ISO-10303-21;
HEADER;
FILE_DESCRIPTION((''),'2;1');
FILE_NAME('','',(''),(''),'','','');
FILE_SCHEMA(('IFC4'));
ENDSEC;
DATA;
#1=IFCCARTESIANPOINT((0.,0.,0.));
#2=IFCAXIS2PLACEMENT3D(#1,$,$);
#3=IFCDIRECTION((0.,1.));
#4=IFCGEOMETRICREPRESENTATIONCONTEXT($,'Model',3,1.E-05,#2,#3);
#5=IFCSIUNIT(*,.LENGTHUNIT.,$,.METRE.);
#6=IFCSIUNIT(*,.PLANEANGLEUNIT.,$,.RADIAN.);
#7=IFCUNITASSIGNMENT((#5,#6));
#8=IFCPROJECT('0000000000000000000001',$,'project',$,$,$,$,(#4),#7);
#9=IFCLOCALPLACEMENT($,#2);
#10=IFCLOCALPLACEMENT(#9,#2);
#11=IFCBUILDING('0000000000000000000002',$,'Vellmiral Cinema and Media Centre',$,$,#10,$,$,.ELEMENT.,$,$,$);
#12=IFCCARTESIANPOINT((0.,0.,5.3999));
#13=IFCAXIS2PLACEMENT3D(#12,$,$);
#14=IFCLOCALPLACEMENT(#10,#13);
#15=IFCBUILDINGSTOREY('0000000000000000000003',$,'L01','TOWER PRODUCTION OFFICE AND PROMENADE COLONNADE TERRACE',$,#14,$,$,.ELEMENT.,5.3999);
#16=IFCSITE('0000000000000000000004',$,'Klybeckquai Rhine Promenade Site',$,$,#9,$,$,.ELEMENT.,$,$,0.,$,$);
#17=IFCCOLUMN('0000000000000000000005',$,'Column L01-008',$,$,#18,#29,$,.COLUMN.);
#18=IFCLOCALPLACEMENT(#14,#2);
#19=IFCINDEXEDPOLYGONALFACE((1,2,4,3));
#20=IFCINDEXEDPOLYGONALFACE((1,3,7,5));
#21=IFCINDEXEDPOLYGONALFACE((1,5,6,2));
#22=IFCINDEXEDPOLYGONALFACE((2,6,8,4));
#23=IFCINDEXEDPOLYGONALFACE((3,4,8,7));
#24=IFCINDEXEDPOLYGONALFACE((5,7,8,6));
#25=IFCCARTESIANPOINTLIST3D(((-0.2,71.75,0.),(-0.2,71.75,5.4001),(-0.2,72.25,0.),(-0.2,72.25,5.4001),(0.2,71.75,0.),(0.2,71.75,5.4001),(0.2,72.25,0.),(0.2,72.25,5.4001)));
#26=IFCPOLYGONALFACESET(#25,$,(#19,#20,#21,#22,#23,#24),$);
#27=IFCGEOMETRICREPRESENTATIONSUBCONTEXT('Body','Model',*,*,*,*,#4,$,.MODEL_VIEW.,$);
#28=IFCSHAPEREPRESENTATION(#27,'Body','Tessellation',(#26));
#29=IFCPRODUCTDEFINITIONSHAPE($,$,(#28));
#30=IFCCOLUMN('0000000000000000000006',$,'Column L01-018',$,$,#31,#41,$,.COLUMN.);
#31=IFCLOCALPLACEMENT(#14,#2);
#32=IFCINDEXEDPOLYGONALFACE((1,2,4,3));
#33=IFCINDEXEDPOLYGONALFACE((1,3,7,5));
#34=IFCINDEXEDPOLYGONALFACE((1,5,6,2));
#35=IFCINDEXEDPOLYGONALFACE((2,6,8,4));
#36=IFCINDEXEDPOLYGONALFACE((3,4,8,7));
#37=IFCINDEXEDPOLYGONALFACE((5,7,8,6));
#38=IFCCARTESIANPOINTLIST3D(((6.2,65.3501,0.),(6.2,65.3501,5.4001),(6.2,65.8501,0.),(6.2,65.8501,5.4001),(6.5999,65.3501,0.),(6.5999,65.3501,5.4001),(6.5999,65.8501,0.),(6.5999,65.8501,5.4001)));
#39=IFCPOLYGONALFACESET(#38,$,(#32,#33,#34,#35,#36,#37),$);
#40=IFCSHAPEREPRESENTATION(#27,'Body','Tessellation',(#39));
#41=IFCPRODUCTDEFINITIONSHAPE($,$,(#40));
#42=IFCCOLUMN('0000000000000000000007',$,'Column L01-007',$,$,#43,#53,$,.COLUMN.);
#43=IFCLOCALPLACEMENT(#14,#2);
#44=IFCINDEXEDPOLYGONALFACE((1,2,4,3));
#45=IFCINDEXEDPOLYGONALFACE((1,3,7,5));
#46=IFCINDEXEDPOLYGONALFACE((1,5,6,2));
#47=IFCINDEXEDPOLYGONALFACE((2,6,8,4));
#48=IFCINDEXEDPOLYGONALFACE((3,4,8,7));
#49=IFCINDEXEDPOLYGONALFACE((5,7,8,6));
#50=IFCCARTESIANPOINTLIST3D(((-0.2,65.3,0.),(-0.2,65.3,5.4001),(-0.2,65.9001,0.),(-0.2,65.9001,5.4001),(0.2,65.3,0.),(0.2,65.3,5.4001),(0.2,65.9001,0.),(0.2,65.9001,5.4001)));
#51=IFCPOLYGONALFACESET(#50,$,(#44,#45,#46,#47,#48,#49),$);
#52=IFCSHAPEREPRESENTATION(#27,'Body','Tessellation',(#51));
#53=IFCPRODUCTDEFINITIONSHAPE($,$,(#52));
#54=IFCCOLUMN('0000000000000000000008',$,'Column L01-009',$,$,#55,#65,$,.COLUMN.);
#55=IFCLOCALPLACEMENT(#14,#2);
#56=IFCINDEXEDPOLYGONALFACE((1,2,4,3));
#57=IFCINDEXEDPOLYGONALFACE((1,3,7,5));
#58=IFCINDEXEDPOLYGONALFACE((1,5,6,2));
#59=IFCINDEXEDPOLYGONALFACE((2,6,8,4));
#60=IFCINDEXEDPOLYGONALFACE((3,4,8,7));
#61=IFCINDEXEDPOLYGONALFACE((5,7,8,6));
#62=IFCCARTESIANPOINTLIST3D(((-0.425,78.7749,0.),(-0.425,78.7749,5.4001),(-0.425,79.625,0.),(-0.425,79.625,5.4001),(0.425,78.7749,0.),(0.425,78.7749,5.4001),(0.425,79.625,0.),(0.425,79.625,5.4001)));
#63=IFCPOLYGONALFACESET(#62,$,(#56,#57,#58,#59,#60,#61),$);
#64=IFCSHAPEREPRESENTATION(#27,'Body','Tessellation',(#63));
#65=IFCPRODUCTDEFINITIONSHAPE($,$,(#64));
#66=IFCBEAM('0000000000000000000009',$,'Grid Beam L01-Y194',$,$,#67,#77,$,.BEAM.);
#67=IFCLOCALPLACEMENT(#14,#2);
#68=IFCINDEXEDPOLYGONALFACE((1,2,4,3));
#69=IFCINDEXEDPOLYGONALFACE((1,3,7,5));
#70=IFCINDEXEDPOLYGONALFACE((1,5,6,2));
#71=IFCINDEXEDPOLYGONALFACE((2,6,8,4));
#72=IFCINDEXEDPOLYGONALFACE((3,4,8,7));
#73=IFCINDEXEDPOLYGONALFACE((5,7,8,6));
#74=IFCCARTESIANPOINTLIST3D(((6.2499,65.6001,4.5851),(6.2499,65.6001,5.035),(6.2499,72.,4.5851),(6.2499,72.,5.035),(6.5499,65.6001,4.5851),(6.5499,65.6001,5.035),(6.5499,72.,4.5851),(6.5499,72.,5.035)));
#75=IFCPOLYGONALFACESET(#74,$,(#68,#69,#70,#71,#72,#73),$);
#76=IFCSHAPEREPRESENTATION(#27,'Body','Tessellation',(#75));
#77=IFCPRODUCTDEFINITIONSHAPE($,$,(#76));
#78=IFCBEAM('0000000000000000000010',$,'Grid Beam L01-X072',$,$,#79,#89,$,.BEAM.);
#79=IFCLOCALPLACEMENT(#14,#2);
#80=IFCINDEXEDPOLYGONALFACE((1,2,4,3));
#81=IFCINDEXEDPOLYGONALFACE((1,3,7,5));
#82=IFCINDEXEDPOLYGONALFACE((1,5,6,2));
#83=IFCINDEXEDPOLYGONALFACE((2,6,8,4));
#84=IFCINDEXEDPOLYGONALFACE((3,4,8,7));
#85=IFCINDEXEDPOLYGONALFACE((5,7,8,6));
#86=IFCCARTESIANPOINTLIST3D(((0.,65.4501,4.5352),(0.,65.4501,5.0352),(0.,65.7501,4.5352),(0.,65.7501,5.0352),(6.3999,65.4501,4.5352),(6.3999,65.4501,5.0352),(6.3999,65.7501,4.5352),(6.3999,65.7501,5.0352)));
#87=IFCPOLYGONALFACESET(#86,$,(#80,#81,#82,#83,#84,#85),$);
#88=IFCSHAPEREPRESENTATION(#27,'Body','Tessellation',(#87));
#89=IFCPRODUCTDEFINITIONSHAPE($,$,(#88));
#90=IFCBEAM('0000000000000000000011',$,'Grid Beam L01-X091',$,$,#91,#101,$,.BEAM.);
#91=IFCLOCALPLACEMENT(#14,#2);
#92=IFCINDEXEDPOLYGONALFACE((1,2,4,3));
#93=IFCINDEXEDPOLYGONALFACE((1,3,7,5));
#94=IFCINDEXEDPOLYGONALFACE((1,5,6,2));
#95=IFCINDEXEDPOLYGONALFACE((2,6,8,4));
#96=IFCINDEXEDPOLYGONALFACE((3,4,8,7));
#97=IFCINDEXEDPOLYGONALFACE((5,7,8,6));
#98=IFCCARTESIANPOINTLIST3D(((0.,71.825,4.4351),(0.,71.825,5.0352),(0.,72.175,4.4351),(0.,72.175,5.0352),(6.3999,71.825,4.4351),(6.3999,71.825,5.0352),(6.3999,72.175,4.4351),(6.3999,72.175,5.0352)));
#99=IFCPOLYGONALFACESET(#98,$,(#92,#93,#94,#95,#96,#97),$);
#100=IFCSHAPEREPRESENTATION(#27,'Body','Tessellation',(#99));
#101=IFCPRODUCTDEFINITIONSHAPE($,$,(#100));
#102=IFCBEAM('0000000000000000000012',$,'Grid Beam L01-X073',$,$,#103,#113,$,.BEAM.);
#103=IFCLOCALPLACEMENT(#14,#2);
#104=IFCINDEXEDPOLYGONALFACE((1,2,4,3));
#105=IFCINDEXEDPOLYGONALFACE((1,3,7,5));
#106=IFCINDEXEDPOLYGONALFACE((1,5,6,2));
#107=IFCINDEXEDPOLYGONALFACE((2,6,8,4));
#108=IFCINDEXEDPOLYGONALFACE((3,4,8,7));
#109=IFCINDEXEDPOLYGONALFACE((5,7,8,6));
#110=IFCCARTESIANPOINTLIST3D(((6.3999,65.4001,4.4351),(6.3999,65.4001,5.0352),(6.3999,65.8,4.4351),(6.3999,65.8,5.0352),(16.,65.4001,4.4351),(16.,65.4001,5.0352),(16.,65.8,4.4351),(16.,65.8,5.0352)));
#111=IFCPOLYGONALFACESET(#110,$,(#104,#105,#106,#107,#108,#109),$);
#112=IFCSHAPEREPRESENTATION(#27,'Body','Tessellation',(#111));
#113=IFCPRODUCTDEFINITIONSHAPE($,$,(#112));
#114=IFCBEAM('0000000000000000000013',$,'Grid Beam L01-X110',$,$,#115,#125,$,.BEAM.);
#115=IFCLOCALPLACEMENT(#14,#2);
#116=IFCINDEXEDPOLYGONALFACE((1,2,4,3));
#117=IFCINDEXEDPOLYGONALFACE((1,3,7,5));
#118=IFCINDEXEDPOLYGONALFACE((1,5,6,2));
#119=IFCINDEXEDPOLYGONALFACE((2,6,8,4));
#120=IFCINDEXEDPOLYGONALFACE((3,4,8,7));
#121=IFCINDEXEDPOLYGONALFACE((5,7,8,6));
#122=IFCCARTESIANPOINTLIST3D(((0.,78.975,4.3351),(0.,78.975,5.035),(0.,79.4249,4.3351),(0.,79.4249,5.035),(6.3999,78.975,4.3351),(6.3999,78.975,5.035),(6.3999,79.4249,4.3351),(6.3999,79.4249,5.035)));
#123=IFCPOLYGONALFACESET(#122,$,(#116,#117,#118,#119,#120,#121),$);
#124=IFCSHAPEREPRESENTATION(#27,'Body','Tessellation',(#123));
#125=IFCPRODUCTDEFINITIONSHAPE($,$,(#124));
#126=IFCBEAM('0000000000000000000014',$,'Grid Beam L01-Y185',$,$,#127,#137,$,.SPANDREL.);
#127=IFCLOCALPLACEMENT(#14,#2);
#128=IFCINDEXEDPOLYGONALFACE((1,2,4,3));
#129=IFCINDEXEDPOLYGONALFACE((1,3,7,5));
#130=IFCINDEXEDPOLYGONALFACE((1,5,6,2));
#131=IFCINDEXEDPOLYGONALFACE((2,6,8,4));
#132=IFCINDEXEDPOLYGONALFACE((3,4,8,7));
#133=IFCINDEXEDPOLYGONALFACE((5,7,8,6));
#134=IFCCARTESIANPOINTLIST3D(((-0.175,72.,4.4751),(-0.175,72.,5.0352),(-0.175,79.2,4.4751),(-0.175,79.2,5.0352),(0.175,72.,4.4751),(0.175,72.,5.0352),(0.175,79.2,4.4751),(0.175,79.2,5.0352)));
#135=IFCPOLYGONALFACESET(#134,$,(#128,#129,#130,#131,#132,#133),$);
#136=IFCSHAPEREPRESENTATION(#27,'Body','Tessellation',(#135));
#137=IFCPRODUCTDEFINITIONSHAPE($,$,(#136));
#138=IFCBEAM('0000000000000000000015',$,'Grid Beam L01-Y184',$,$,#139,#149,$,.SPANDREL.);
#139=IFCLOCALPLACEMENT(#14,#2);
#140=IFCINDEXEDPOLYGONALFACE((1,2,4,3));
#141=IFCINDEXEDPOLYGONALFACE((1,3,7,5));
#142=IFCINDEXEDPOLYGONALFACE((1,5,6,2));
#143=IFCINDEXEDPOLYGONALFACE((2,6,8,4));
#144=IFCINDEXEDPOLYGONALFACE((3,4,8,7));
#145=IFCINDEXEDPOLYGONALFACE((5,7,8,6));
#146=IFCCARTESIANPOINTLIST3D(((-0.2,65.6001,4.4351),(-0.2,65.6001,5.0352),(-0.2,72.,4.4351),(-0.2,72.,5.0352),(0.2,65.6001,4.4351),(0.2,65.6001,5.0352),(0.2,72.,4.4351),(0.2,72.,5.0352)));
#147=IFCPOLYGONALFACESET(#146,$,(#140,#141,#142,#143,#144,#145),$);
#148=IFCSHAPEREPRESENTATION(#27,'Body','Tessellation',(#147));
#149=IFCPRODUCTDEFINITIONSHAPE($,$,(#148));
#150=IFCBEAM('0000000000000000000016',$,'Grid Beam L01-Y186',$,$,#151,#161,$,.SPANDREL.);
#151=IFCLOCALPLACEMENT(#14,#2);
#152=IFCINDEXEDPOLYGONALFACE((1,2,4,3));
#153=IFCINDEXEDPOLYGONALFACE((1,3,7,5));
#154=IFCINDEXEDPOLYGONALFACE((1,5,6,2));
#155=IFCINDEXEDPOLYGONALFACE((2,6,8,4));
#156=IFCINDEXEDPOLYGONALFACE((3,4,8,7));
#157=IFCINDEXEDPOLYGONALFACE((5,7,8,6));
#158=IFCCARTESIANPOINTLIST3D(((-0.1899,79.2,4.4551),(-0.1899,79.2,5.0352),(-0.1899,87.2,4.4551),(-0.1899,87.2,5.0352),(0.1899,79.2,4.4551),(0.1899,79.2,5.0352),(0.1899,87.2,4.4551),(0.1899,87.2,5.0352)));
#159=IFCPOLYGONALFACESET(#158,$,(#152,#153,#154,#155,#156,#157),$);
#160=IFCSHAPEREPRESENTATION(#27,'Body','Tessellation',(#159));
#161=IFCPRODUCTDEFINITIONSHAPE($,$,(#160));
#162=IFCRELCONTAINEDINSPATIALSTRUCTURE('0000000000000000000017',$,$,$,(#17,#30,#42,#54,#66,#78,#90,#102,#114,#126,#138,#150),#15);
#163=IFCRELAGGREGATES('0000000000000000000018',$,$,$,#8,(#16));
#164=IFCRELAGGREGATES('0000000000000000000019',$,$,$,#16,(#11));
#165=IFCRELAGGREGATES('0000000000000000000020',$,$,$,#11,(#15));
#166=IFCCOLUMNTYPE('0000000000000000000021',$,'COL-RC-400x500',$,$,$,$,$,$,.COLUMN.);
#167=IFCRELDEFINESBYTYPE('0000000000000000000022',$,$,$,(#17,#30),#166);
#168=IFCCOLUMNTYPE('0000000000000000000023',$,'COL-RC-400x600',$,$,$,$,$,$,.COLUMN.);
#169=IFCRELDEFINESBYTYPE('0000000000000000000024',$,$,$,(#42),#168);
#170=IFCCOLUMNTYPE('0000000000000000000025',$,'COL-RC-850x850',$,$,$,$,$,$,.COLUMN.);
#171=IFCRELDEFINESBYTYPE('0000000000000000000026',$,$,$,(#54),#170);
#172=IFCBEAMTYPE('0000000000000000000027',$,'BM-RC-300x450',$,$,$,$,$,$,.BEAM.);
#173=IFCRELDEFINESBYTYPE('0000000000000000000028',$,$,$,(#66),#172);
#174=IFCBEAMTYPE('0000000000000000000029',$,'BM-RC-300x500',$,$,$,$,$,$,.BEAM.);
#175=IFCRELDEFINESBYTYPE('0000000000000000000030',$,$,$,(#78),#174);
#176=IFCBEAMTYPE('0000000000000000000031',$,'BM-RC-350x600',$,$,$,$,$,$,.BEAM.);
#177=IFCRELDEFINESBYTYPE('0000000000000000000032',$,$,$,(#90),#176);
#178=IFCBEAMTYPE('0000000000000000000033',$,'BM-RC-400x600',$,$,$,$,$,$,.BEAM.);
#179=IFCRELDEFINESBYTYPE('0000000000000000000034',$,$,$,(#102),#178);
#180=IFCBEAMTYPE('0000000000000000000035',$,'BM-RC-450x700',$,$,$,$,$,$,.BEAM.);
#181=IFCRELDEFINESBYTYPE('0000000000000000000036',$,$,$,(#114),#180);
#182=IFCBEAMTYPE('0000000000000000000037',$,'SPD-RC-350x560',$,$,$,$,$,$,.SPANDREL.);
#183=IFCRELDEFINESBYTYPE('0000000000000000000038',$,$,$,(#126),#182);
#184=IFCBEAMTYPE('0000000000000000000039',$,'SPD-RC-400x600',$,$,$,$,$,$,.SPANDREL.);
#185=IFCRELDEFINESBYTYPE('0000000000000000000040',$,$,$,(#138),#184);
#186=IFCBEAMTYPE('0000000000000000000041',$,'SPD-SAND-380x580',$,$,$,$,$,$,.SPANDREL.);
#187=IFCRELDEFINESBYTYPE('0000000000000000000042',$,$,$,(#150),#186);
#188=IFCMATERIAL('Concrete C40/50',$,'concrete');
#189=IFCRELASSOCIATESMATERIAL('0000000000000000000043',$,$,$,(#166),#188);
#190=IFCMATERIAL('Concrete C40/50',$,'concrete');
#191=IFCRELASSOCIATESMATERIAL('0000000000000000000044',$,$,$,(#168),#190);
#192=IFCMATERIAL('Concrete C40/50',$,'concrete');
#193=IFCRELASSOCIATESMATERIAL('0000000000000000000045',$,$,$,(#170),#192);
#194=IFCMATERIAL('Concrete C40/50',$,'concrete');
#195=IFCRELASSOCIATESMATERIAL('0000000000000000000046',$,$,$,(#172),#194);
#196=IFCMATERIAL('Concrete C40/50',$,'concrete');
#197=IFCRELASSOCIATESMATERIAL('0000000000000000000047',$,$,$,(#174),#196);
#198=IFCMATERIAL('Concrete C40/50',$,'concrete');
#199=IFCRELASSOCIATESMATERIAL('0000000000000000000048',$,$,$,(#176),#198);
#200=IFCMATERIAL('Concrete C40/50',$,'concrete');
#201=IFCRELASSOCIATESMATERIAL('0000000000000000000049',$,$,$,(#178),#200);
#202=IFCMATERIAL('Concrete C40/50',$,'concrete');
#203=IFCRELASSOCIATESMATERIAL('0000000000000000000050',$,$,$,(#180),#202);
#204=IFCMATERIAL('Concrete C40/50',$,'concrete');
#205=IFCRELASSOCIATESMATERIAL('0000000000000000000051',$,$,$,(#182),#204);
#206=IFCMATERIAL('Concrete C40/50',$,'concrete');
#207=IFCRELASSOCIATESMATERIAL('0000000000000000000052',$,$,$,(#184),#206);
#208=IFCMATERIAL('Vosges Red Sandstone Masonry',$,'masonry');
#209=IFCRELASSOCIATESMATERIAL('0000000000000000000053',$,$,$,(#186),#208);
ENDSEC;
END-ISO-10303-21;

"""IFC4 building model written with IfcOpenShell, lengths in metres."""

from ifc_helpers import new_model, si_unit, direction, frame, origin, origin_2d, place, context, subcontext, project, spatial, rectangle, extrude, material, material_profile, profile_set, type_object, element, save


model = new_model("IFC4")

# Units and contexts
model_context = context("Model", 3, precision=1e-05, world=origin(), true_north=direction((0.0, 1.0)))
body_context = subcontext(model_context, "Body", "Model", "MODEL_VIEW")
ifc_project = project(units=[si_unit("LENGTHUNIT", "METRE"), si_unit("PLANEANGLEUNIT", "RADIAN")], contexts=[model_context])

# Site, building, storey
site_placement = place(None, origin())
site = spatial("IfcSite", under=ifc_project, at=site_placement, Name="Klybeckquai Rhine Promenade Site", CompositionType="ELEMENT", RefElevation=0.0)
building_placement = place(site_placement, origin())
building = spatial("IfcBuilding", under=site, at=building_placement, Name="Vellmiral Cinema and Media Centre", CompositionType="ELEMENT")
storey_placement = place(building_placement, frame((0.0, 0.0, 5.3999)))
storey = spatial("IfcBuildingStorey", under=building, at=storey_placement, Name="L01", Description="TOWER PRODUCTION OFFICE AND PROMENADE COLONNADE TERRACE", CompositionType="ELEMENT", Elevation=5.3999)

# Columns
ifc_material_1 = material(Name="Concrete C40/50", Category="concrete")
ifc_material_profile_1 = material_profile(ifc_material_1, rectangle(XDim=0.3999, YDim=0.5, at=origin_2d()), Name="RC 400x500")
ifc_profile_set_1 = profile_set([ifc_material_profile_1], Name="Concrete C40/50")
column_type_1 = type_object("IfcColumnType", Name="COL-RC-400x500", PredefinedType="COLUMN", material=ifc_profile_set_1)
for number, where, z_axis, x_axis, name in (
    (1, (0.0, 72.0, 0.0), (0.0, 0.0, 1.0), (1.0, 0.0, 0.0), "Column L01-008"),
    (2, (6.3999, 65.6001, 0.0), (0.0, 0.0, 1.0), (1.0, 0.0, 0.0), "Column L01-018"),
):
    element("IfcColumn", number, at=place(storey_placement, frame(where, z_axis=z_axis, x_axis=x_axis)), inside=storey, type_object=column_type_1, Name=name, PredefinedType="COLUMN", context=body_context, shape_type="SweptSolid", body=[
        extrude(rectangle(XDim=0.3999, YDim=0.5, at=origin_2d()), origin(), (0.0, 0.0, 1.0), 5.4001),
    ])
ifc_material_2 = material(Name="Concrete C40/50", Category="concrete")
ifc_material_profile_2 = material_profile(ifc_material_2, rectangle(XDim=0.3999, YDim=0.6001, at=origin_2d()), Name="RC 400x600")
ifc_profile_set_2 = profile_set([ifc_material_profile_2], Name="Concrete C40/50")
column_type_2 = type_object("IfcColumnType", Name="COL-RC-400x600", PredefinedType="COLUMN", material=ifc_profile_set_2)
column_1_placement = place(storey_placement, frame((0.0, 65.6001, 0.0), z_axis=(0.0, 0.0, 1.0), x_axis=(1.0, 0.0, 0.0)))
element("IfcColumn", 3, at=column_1_placement, inside=storey, type_object=column_type_2, Name="Column L01-007", PredefinedType="COLUMN", context=body_context, shape_type="SweptSolid", body=[
    extrude(rectangle(XDim=0.3999, YDim=0.6001, at=origin_2d()), origin(), (0.0, 0.0, 1.0), 5.4001),
])
ifc_material_3 = material(Name="Concrete C40/50", Category="concrete")
ifc_material_profile_3 = material_profile(ifc_material_3, rectangle(XDim=0.8501, YDim=0.8501, at=origin_2d()), Name="RC 850x850")
ifc_profile_set_3 = profile_set([ifc_material_profile_3], Name="Concrete C40/50")
column_type_3 = type_object("IfcColumnType", Name="COL-RC-850x850", PredefinedType="COLUMN", material=ifc_profile_set_3)
column_2_placement = place(storey_placement, frame((0.0, 79.2, 0.0), z_axis=(0.0, 0.0, 1.0), x_axis=(1.0, 0.0, 0.0)))
element("IfcColumn", 4, at=column_2_placement, inside=storey, type_object=column_type_3, Name="Column L01-009", PredefinedType="COLUMN", context=body_context, shape_type="SweptSolid", body=[
    extrude(rectangle(XDim=0.8501, YDim=0.8501, at=origin_2d()), origin(), (0.0, 0.0, 1.0), 5.4001),
])

# Beams
ifc_material_4 = material(Name="Concrete C40/50", Category="concrete")
ifc_material_profile_4 = material_profile(ifc_material_4, rectangle(XDim=0.3, YDim=0.45, at=origin_2d()), Name="RC 300x450")
ifc_profile_set_4 = profile_set([ifc_material_profile_4], Name="Concrete C40/50")
beam_type_1 = type_object("IfcBeamType", Name="BM-RC-300x450", PredefinedType="BEAM", material=ifc_profile_set_4)
beam_1_placement = place(storey_placement, frame((6.3999, 65.6001, 4.8101), z_axis=(0.0, 1.0, 0.0), x_axis=(-1.0, 0.0, 0.0)))
element("IfcBeam", 5, at=beam_1_placement, inside=storey, type_object=beam_type_1, Name="Grid Beam L01-Y194", PredefinedType="BEAM", context=body_context, shape_type="SweptSolid", body=[
    extrude(rectangle(XDim=0.3, YDim=0.45, at=origin_2d()), origin(), (0.0, 0.0, 1.0), 6.3999),
])
ifc_material_5 = material(Name="Concrete C40/50", Category="concrete")
ifc_material_profile_5 = material_profile(ifc_material_5, rectangle(XDim=0.3, YDim=0.5, at=origin_2d()), Name="RC 300x500")
ifc_profile_set_5 = profile_set([ifc_material_profile_5], Name="Concrete C40/50")
beam_type_2 = type_object("IfcBeamType", Name="BM-RC-300x500", PredefinedType="BEAM", material=ifc_profile_set_5)
beam_2_placement = place(storey_placement, frame((0.0, 65.6001, 4.7852), z_axis=(1.0, 0.0, 0.0), x_axis=(0.0, 1.0, 0.0)))
element("IfcBeam", 6, at=beam_2_placement, inside=storey, type_object=beam_type_2, Name="Grid Beam L01-X072", PredefinedType="BEAM", context=body_context, shape_type="SweptSolid", body=[
    extrude(rectangle(XDim=0.3, YDim=0.5, at=origin_2d()), origin(), (0.0, 0.0, 1.0), 6.3999),
])
ifc_material_6 = material(Name="Concrete C40/50", Category="concrete")
ifc_material_profile_6 = material_profile(ifc_material_6, rectangle(XDim=0.3501, YDim=0.6001, at=origin_2d()), Name="RC 350x600")
ifc_profile_set_6 = profile_set([ifc_material_profile_6], Name="Concrete C40/50")
beam_type_3 = type_object("IfcBeamType", Name="BM-RC-350x600", PredefinedType="BEAM", material=ifc_profile_set_6)
beam_3_placement = place(storey_placement, frame((0.0, 72.0, 4.7351), z_axis=(1.0, 0.0, 0.0), x_axis=(0.0, 1.0, 0.0)))
element("IfcBeam", 7, at=beam_3_placement, inside=storey, type_object=beam_type_3, Name="Grid Beam L01-X091", PredefinedType="BEAM", context=body_context, shape_type="SweptSolid", body=[
    extrude(rectangle(XDim=0.3501, YDim=0.6001, at=origin_2d()), origin(), (0.0, 0.0, 1.0), 6.3999),
])
ifc_material_7 = material(Name="Concrete C40/50", Category="concrete")
ifc_material_profile_7 = material_profile(ifc_material_7, rectangle(XDim=0.3999, YDim=0.6001, at=origin_2d()), Name="RC 400x600")
ifc_profile_set_7 = profile_set([ifc_material_profile_7], Name="Concrete C40/50")
beam_type_4 = type_object("IfcBeamType", Name="BM-RC-400x600", PredefinedType="BEAM", material=ifc_profile_set_7)
beam_4_placement = place(storey_placement, frame((6.3999, 65.6001, 4.7351), z_axis=(1.0, 0.0, 0.0), x_axis=(0.0, 1.0, 0.0)))
element("IfcBeam", 8, at=beam_4_placement, inside=storey, type_object=beam_type_4, Name="Grid Beam L01-X073", PredefinedType="BEAM", context=body_context, shape_type="SweptSolid", body=[
    extrude(rectangle(XDim=0.3999, YDim=0.6001, at=origin_2d()), origin(), (0.0, 0.0, 1.0), 9.6001),
])
ifc_material_8 = material(Name="Concrete C40/50", Category="concrete")
ifc_material_profile_8 = material_profile(ifc_material_8, rectangle(XDim=0.45, YDim=0.7, at=origin_2d()), Name="RC 450x700")
ifc_profile_set_8 = profile_set([ifc_material_profile_8], Name="Concrete C40/50")
beam_type_5 = type_object("IfcBeamType", Name="BM-RC-450x700", PredefinedType="BEAM", material=ifc_profile_set_8)
beam_5_placement = place(storey_placement, frame((0.0, 79.2, 4.6851), z_axis=(1.0, 0.0, 0.0), x_axis=(0.0, 1.0, 0.0)))
element("IfcBeam", 9, at=beam_5_placement, inside=storey, type_object=beam_type_5, Name="Grid Beam L01-X110", PredefinedType="BEAM", context=body_context, shape_type="SweptSolid", body=[
    extrude(rectangle(XDim=0.45, YDim=0.7, at=origin_2d()), origin(), (0.0, 0.0, 1.0), 6.3999),
])
ifc_material_9 = material(Name="Concrete C40/50", Category="concrete")
ifc_material_profile_9 = material_profile(ifc_material_9, rectangle(XDim=0.3501, YDim=0.5601, at=origin_2d()), Name="RC 350x560")
ifc_profile_set_9 = profile_set([ifc_material_profile_9], Name="Concrete C40/50")
beam_type_6 = type_object("IfcBeamType", Name="SPD-RC-350x560", PredefinedType="SPANDREL", material=ifc_profile_set_9)
beam_6_placement = place(storey_placement, frame((0.0, 72.0, 4.7551), z_axis=(0.0, 1.0, 0.0), x_axis=(-1.0, 0.0, 0.0)))
element("IfcBeam", 10, at=beam_6_placement, inside=storey, type_object=beam_type_6, Name="Grid Beam L01-Y185", PredefinedType="SPANDREL", context=body_context, shape_type="SweptSolid", body=[
    extrude(rectangle(XDim=0.3501, YDim=0.5601, at=origin_2d()), origin(), (0.0, 0.0, 1.0), 7.2),
])
ifc_material_10 = material(Name="Concrete C40/50", Category="concrete")
ifc_material_profile_10 = material_profile(ifc_material_10, rectangle(XDim=0.3999, YDim=0.6001, at=origin_2d()), Name="RC 400x600")
ifc_profile_set_10 = profile_set([ifc_material_profile_10], Name="Concrete C40/50")
beam_type_7 = type_object("IfcBeamType", Name="SPD-RC-400x600", PredefinedType="SPANDREL", material=ifc_profile_set_10)
beam_7_placement = place(storey_placement, frame((0.0, 65.6001, 4.7351), z_axis=(0.0, 1.0, 0.0), x_axis=(-1.0, 0.0, 0.0)))
element("IfcBeam", 11, at=beam_7_placement, inside=storey, type_object=beam_type_7, Name="Grid Beam L01-Y184", PredefinedType="SPANDREL", context=body_context, shape_type="SweptSolid", body=[
    extrude(rectangle(XDim=0.3999, YDim=0.6001, at=origin_2d()), origin(), (0.0, 0.0, 1.0), 6.3999),
])
ifc_material_11 = material(Name="Vosges Red Sandstone Masonry", Category="masonry")
ifc_material_profile_11 = material_profile(ifc_material_11, rectangle(XDim=0.3799, YDim=0.5801, at=origin_2d()), Name="SAND 380x580")
ifc_profile_set_11 = profile_set([ifc_material_profile_11], Name="Vosges Red Sandstone Masonry")
beam_type_8 = type_object("IfcBeamType", Name="SPD-SAND-380x580", PredefinedType="SPANDREL", material=ifc_profile_set_11)
beam_8_placement = place(storey_placement, frame((0.0, 79.2, 4.7451), z_axis=(0.0, 1.0, 0.0), x_axis=(-1.0, 0.0, 0.0)))
element("IfcBeam", 12, at=beam_8_placement, inside=storey, type_object=beam_type_8, Name="Grid Beam L01-Y186", PredefinedType="SPANDREL", context=body_context, shape_type="SweptSolid", body=[
    extrude(rectangle(XDim=0.3799, YDim=0.5801, at=origin_2d()), origin(), (0.0, 0.0, 1.0), 8.0),
])

save(model, "model.ifc")
